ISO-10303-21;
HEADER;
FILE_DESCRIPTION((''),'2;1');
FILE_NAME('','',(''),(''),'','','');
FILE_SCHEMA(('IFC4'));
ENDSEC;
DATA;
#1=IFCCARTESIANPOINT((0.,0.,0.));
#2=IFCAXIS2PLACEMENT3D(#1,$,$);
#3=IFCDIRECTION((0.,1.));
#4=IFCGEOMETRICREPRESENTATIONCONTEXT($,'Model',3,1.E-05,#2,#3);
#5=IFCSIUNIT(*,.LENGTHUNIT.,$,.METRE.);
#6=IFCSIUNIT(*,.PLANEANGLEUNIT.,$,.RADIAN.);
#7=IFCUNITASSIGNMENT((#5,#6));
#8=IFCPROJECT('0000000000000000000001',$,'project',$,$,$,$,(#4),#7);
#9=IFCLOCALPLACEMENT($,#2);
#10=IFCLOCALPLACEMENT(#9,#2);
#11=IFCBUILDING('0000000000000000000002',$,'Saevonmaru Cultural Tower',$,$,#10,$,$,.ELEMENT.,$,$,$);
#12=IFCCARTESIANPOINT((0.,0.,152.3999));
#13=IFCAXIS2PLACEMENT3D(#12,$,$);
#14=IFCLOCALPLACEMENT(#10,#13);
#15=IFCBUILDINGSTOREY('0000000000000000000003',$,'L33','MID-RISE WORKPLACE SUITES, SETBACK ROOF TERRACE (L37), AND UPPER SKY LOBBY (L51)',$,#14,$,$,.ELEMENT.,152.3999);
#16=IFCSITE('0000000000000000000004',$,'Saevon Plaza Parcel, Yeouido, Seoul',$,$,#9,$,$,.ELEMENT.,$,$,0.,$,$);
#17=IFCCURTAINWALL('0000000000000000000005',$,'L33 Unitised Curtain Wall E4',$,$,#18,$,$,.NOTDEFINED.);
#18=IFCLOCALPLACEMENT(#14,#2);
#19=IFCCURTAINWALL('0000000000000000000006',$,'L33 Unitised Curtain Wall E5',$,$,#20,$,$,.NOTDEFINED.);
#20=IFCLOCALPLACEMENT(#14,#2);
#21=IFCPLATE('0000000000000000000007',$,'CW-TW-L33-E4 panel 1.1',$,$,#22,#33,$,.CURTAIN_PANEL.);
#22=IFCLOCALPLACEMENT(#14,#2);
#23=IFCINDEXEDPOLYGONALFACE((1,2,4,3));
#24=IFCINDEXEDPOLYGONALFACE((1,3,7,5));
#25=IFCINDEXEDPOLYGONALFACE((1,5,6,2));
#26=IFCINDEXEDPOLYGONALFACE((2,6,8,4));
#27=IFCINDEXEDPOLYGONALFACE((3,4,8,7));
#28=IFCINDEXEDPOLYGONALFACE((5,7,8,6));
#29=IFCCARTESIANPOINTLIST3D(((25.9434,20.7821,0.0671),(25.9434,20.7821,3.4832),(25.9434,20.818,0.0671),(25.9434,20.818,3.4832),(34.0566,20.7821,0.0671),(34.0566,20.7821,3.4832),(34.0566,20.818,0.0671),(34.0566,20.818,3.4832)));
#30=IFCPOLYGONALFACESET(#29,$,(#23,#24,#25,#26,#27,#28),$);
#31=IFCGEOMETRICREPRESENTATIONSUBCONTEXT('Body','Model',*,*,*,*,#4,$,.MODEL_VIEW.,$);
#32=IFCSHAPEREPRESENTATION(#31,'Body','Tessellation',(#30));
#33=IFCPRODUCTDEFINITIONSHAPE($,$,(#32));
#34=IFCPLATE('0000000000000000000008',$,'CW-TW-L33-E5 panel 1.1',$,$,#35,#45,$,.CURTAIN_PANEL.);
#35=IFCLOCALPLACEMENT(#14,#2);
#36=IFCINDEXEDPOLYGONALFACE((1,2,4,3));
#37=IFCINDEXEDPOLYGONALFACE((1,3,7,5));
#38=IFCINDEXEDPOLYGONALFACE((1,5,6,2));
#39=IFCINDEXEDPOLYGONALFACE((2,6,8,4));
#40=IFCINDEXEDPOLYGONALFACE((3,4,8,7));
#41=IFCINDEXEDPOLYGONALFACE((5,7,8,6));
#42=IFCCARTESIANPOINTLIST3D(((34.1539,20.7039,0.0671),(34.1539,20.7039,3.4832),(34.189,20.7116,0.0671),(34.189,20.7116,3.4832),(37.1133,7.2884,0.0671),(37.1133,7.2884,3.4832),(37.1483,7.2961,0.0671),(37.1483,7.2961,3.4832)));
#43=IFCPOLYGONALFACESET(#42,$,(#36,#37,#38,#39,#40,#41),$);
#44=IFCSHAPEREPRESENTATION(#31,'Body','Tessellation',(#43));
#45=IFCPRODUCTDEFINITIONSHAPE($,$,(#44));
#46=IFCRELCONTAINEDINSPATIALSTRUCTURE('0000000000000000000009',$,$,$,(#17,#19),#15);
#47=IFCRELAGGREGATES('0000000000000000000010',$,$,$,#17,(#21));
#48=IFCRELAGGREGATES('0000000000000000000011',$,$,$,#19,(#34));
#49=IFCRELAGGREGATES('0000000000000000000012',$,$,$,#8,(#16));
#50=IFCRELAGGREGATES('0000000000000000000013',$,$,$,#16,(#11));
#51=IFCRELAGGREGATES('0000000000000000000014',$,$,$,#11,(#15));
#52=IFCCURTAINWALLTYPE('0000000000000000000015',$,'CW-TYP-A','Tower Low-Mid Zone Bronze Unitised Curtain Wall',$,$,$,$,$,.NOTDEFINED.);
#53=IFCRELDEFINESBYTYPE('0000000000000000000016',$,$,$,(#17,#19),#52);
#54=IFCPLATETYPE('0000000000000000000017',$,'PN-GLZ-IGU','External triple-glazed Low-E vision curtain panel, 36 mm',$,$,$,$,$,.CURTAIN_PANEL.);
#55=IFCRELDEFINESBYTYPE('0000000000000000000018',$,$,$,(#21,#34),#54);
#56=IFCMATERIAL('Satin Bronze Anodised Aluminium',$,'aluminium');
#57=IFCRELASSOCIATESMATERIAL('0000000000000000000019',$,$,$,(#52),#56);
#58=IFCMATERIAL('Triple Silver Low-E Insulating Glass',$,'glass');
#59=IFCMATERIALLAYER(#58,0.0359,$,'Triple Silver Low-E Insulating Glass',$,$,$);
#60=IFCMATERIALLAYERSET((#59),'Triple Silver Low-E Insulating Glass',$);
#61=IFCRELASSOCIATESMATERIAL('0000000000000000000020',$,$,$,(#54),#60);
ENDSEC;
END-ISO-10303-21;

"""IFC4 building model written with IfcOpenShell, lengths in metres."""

from ifc_helpers import new_model, si_unit, direction, frame, origin, origin_2d, place, context, subcontext, project, spatial, rectangle, extrude, material, layer, layer_set, type_object, element, aggregate, save


model = new_model("IFC4")

# Units and contexts
model_context = context("Model", 3, precision=1e-05, world=origin(), true_north=direction((0.0, 1.0)))
body_context = subcontext(model_context, "Body", "Model", "MODEL_VIEW")
ifc_project = project(units=[si_unit("LENGTHUNIT", "METRE"), si_unit("PLANEANGLEUNIT", "RADIAN")], contexts=[model_context])

# Site, building, storey
site_placement = place(None, origin())
site = spatial("IfcSite", under=ifc_project, at=site_placement, Name="Saevon Plaza Parcel, Yeouido, Seoul", CompositionType="ELEMENT", RefElevation=0.0)
building_placement = place(site_placement, origin())
building = spatial("IfcBuilding", under=site, at=building_placement, Name="Saevonmaru Cultural Tower", CompositionType="ELEMENT")
storey_placement = place(building_placement, frame((0.0, 0.0, 152.3999)))
storey = spatial("IfcBuildingStorey", under=building, at=storey_placement, Name="L33", Description="MID-RISE WORKPLACE SUITES, SETBACK ROOF TERRACE (L37), AND UPPER SKY LOBBY (L51)", CompositionType="ELEMENT", Elevation=152.3999)

# Shared definitions
ifc_material_1 = material(Name="Satin Bronze Anodised Aluminium", Category="aluminium")
curtain_wall_type_1 = type_object("IfcCurtainWallType", Name="CW-TYP-A", Description="Tower Low-Mid Zone Bronze Unitised Curtain Wall", PredefinedType="NOTDEFINED", material=ifc_material_1)

# Curtain walls
curtain_wall_1_placement = place(storey_placement, origin())
curtain_wall_1 = element("IfcCurtainWall", 1, at=curtain_wall_1_placement, inside=storey, type_object=curtain_wall_type_1, Name="L33 Unitised Curtain Wall E4", PredefinedType="NOTDEFINED")
curtain_wall_2_placement = place(storey_placement, origin())
curtain_wall_2 = element("IfcCurtainWall", 2, at=curtain_wall_2_placement, inside=storey, type_object=curtain_wall_type_1, Name="L33 Unitised Curtain Wall E5", PredefinedType="NOTDEFINED")

# Plates
ifc_material_2 = material(Name="Triple Silver Low-E Insulating Glass", Category="glass")
ifc_layer = layer(ifc_material_2, 0.0359, Name="Triple Silver Low-E Insulating Glass")
ifc_layer_set = layer_set([ifc_layer], Name="Triple Silver Low-E Insulating Glass")
plate_type = type_object("IfcPlateType", Name="PN-GLZ-IGU", Description="External triple-glazed Low-E vision curtain panel, 36 mm", PredefinedType="CURTAIN_PANEL", material=ifc_layer_set)
plate_1_placement = place(storey_placement, frame((30.0, 20.8, 0.0671), z_axis=(0.0, 0.0, 1.0), x_axis=(1.0, 0.0, 0.0)))
plate_1 = element("IfcPlate", 3, at=plate_1_placement, type_object=plate_type, Name="CW-TW-L33-E4 panel 1.1", PredefinedType="CURTAIN_PANEL", context=body_context, shape_type="SweptSolid", body=[
    extrude(rectangle(XDim=8.1133, YDim=0.0359, at=origin_2d()), origin(), (0.0, 0.0, 1.0), 3.416),
])
aggregate(curtain_wall_1, [plate_1])
plate_2_placement = place(storey_placement, frame((35.6511, 14.0, 0.0671), z_axis=(0.0, 0.0, 1.0), x_axis=(0.215413, -0.976523, 0.0)))
plate_2 = element("IfcPlate", 4, at=plate_2_placement, type_object=plate_type, Name="CW-TW-L33-E5 panel 1.1", PredefinedType="CURTAIN_PANEL", context=body_context, shape_type="SweptSolid", body=[
    extrude(rectangle(XDim=13.738, YDim=0.0359, at=origin_2d()), origin(), (0.0, 0.0, 1.0), 3.416),
])
aggregate(curtain_wall_2, [plate_2])

save(model, "model.ifc")
